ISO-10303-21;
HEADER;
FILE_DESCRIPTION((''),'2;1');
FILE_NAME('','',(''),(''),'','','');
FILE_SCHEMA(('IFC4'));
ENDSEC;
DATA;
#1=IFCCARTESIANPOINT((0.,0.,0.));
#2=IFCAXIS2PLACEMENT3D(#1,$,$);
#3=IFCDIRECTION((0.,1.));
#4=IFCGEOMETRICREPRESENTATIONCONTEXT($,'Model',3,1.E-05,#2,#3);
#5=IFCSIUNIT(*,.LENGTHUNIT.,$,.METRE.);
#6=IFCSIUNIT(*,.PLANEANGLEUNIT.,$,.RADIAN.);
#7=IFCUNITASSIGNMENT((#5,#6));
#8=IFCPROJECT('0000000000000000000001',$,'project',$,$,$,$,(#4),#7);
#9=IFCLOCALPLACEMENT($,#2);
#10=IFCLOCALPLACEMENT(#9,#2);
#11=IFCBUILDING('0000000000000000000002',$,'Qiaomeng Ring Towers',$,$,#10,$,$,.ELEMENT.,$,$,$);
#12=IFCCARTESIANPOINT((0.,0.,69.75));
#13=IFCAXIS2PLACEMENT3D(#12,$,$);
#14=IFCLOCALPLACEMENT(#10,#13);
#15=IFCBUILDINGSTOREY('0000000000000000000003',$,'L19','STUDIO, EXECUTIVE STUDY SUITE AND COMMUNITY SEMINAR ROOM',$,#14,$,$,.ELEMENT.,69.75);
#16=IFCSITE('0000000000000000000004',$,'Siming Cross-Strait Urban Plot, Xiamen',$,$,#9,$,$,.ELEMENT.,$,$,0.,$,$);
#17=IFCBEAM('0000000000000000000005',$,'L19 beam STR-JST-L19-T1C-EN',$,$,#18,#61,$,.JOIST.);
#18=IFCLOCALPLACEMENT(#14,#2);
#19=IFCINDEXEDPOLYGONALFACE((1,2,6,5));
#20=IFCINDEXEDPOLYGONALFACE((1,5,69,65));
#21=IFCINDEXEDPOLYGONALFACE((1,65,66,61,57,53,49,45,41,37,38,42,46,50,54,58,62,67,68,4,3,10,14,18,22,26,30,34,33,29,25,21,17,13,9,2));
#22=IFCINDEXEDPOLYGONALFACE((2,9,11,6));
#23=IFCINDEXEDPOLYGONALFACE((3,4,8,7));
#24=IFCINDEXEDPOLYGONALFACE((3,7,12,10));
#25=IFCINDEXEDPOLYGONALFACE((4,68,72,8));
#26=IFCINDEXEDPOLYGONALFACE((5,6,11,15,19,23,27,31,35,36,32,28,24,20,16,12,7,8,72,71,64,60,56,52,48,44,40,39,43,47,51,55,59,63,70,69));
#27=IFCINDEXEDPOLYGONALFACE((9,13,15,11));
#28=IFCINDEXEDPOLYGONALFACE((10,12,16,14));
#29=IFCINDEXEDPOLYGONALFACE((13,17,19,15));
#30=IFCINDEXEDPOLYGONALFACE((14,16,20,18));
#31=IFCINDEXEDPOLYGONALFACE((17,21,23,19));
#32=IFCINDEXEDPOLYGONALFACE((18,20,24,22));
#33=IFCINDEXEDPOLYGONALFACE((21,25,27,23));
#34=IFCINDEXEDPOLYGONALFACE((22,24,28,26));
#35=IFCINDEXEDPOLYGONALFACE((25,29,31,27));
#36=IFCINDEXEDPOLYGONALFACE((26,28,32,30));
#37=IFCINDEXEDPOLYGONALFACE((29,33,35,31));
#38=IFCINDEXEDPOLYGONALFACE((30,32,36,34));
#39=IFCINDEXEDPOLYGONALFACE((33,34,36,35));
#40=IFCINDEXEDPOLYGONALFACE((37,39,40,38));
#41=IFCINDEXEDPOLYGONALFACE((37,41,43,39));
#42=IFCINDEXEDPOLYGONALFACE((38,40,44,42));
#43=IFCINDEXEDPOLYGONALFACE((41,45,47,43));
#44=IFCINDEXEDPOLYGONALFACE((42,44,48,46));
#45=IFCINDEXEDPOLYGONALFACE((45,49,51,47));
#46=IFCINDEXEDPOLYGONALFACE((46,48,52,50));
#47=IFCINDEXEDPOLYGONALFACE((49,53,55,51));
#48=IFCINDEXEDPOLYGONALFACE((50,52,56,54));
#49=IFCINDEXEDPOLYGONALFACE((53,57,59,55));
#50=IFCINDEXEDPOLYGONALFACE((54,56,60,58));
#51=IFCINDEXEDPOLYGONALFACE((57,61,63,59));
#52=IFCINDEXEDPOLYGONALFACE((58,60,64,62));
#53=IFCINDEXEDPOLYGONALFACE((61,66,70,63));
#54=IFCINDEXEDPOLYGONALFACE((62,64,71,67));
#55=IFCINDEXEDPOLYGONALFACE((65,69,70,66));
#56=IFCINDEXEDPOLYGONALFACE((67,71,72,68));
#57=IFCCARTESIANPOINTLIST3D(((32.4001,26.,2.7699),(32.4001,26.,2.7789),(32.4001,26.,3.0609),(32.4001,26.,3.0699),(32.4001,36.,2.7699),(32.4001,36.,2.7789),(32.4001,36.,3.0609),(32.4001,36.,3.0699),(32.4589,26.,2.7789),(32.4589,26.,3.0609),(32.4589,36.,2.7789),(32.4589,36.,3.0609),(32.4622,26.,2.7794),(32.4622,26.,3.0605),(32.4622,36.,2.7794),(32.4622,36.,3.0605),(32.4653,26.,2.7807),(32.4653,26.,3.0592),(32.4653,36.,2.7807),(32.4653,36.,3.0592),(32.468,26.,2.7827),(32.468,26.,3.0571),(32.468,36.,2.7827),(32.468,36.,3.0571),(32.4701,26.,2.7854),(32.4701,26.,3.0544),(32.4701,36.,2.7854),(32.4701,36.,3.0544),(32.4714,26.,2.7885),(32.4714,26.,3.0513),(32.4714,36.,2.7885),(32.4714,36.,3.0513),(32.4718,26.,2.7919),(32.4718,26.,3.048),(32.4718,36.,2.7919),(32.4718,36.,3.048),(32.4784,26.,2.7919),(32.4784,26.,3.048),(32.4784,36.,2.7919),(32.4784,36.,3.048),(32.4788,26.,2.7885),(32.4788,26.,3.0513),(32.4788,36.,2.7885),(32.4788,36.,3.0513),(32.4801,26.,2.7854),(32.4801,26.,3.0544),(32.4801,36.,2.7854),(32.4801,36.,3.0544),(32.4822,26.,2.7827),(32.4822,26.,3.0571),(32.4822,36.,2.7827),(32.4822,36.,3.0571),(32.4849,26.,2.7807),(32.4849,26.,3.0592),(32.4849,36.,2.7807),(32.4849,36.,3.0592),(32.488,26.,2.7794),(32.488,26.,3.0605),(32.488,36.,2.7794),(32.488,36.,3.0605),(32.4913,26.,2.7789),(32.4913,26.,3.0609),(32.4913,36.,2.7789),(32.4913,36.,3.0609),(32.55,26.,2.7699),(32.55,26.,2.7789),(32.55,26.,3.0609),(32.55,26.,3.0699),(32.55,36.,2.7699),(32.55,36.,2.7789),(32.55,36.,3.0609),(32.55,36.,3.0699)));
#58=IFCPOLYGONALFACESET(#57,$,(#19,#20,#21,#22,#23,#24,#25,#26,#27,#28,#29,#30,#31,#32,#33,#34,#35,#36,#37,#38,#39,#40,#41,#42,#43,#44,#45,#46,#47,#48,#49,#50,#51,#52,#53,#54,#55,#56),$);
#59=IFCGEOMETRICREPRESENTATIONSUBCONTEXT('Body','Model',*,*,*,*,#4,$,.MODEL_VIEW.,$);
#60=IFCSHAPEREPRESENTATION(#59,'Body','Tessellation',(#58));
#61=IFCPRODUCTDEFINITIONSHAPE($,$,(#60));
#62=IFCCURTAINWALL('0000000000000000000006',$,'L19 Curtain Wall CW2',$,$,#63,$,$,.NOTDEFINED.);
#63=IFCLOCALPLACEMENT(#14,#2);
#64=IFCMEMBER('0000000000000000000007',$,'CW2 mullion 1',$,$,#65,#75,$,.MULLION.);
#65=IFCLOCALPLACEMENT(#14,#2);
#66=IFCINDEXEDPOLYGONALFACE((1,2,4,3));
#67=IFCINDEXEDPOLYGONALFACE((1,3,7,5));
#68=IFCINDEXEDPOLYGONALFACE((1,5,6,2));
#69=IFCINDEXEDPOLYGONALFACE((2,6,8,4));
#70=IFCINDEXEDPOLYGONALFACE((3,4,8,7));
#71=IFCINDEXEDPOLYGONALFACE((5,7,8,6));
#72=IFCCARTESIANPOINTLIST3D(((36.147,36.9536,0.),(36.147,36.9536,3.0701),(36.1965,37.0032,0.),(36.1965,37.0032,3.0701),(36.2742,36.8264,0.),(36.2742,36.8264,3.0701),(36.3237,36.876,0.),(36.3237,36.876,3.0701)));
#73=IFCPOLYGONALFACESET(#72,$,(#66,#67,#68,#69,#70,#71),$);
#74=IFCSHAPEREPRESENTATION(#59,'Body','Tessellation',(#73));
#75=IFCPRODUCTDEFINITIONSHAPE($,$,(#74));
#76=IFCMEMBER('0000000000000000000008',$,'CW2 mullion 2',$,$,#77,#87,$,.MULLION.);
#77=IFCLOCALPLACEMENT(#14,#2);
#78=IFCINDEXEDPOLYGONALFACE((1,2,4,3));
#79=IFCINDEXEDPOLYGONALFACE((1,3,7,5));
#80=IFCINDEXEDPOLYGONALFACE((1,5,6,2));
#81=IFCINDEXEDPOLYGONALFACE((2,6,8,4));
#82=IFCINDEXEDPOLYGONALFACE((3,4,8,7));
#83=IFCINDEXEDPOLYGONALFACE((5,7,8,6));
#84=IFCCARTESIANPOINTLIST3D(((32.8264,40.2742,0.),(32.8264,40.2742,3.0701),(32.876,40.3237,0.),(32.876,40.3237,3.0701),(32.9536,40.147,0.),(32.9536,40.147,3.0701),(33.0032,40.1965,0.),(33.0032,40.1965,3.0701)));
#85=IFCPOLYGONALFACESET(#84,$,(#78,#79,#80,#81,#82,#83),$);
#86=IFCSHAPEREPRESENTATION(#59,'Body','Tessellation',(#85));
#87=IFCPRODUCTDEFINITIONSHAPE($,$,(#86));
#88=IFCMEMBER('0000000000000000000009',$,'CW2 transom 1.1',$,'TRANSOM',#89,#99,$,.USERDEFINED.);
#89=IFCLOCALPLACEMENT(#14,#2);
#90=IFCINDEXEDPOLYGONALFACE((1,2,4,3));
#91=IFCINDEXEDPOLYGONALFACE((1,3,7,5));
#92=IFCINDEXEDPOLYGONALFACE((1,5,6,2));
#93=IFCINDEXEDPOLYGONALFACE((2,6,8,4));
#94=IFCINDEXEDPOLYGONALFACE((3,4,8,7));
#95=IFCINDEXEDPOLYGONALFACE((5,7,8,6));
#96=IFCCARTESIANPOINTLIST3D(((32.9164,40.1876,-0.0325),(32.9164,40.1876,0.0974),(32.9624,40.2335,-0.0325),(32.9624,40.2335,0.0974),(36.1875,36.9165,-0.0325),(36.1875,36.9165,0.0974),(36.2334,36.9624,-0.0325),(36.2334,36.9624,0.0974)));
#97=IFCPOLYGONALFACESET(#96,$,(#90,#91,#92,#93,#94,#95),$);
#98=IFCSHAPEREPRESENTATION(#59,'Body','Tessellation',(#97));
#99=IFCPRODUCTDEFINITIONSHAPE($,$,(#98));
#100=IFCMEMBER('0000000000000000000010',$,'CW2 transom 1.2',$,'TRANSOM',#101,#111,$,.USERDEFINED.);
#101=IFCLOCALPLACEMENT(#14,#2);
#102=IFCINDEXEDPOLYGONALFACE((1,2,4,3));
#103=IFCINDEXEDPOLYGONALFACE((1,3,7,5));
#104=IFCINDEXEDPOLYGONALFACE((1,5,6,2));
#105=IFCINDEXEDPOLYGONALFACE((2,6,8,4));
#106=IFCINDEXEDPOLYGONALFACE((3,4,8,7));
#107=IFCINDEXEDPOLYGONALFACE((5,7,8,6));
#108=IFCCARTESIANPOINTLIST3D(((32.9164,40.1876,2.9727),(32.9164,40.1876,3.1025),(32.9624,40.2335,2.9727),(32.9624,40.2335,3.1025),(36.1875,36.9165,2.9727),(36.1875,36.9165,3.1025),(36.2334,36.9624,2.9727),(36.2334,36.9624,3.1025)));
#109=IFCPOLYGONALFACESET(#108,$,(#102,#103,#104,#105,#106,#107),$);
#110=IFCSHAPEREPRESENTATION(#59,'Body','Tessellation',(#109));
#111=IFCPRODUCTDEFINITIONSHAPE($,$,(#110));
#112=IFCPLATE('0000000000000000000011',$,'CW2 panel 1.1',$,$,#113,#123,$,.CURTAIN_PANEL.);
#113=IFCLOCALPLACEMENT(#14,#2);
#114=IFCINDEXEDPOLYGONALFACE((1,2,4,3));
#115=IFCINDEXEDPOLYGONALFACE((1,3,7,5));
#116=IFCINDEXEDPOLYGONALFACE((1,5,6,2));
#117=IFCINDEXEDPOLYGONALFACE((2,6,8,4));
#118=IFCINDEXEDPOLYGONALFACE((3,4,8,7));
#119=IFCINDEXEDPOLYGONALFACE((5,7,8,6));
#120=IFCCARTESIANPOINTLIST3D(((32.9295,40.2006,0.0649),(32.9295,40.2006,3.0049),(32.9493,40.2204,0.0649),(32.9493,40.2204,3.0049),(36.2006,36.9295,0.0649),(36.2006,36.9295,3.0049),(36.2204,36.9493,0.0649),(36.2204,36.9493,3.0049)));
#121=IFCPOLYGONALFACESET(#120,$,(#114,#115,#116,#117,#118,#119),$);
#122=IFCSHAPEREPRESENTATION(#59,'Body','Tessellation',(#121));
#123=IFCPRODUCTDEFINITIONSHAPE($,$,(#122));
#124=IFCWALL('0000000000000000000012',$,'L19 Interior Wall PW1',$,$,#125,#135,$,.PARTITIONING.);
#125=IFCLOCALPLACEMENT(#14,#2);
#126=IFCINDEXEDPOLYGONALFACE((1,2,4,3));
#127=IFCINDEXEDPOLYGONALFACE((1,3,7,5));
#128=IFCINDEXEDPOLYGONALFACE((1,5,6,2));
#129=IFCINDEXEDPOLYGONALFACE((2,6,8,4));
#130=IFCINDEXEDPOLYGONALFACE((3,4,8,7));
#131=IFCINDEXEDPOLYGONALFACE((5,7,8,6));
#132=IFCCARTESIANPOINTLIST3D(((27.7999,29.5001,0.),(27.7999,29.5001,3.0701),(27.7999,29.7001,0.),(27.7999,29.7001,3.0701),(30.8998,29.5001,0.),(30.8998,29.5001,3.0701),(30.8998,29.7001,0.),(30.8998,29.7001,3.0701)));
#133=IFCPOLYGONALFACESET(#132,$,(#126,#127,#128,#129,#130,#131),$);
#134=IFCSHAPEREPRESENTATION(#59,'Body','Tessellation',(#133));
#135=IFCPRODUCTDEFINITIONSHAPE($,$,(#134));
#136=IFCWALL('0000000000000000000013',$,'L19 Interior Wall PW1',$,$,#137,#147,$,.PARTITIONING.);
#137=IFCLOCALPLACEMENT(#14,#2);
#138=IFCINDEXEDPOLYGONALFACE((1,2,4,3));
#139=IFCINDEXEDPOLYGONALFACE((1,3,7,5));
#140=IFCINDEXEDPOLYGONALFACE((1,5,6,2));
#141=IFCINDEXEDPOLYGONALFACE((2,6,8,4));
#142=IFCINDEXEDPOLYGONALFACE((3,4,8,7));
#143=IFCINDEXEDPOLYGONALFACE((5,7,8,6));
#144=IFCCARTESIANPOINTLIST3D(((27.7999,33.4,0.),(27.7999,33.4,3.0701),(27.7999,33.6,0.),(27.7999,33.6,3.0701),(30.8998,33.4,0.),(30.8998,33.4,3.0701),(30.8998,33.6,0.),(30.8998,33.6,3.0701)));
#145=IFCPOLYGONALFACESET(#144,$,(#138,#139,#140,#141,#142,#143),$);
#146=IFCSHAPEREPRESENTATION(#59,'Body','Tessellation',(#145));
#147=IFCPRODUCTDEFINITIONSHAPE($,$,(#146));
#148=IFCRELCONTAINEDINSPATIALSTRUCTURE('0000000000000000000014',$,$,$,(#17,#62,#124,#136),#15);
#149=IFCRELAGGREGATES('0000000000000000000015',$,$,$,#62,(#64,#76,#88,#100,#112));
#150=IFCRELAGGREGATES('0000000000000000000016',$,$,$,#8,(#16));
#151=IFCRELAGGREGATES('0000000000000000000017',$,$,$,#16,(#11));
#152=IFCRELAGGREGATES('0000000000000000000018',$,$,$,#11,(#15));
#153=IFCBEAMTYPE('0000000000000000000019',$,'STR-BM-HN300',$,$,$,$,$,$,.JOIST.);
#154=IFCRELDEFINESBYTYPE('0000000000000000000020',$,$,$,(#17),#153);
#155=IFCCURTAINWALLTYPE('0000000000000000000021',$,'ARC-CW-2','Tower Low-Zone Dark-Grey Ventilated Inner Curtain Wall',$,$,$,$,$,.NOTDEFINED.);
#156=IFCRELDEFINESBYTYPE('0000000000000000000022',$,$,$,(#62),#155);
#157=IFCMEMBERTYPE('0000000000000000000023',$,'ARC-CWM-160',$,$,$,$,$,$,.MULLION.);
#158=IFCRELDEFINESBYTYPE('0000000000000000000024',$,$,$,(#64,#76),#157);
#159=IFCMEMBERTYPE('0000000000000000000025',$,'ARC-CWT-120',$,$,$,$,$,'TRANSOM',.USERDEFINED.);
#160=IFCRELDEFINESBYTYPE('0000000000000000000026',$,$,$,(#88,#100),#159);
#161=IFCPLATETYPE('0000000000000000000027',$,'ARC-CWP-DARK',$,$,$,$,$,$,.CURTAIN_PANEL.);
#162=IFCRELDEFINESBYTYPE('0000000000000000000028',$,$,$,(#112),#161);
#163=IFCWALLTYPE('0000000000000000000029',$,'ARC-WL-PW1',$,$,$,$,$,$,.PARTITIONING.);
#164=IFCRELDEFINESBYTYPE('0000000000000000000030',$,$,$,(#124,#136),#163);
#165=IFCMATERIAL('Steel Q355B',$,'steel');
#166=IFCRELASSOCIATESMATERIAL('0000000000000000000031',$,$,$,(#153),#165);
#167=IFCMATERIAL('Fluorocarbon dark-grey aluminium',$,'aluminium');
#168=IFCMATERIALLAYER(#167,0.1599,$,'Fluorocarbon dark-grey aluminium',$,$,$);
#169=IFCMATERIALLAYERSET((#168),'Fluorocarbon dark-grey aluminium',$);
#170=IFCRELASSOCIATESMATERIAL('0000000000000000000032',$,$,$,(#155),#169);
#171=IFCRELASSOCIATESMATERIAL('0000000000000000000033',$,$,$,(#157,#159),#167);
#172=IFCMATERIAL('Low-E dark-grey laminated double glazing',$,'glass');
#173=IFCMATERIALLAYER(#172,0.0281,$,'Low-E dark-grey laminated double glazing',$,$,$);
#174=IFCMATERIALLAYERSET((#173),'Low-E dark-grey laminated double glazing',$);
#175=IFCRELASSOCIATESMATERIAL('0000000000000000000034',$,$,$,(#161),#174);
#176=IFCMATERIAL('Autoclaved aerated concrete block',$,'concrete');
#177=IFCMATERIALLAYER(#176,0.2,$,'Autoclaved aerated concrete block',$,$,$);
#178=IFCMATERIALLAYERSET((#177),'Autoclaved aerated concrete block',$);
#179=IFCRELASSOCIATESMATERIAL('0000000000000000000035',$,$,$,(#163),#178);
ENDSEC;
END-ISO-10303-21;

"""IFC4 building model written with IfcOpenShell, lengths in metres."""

from ifc_helpers import new_model, si_unit, direction, frame, frame_2d, origin, origin_2d, place, context, subcontext, project, spatial, rectangle, i_section, extrude, source, transform, mapped, material, layer, layer_set, material_profile, profile_set, type_object, element, aggregate, save


model = new_model("IFC4")

# Units and contexts
model_context = context("Model", 3, precision=1e-05, world=origin(), true_north=direction((0.0, 1.0)))
body_context = subcontext(model_context, "Body", "Model", "MODEL_VIEW")
ifc_project = project(units=[si_unit("LENGTHUNIT", "METRE"), si_unit("PLANEANGLEUNIT", "RADIAN")], contexts=[model_context])

# Site, building, storey
site_placement = place(None, origin())
site = spatial("IfcSite", under=ifc_project, at=site_placement, Name="Siming Cross-Strait Urban Plot, Xiamen", CompositionType="ELEMENT", RefElevation=0.0)
building_placement = place(site_placement, origin())
building = spatial("IfcBuilding", under=site, at=building_placement, Name="Qiaomeng Ring Towers", CompositionType="ELEMENT")
storey_placement = place(building_placement, frame((0.0, 0.0, 69.75)))
storey = spatial("IfcBuildingStorey", under=building, at=storey_placement, Name="L19", Description="STUDIO, EXECUTIVE STUDY SUITE AND COMMUNITY SEMINAR ROOM", CompositionType="ELEMENT", Elevation=69.75)

# Beam
ifc_material_1 = material(Name="Steel Q355B", Category="steel")
ifc_material_profile_1 = material_profile(ifc_material_1, i_section(OverallWidth=0.1499, OverallDepth=0.3, WebThickness=0.0066, FlangeThickness=0.009, FilletRadius=0.0129, at=origin_2d()), Name="HN 300x150x6.5x9")
ifc_profile_set_1 = profile_set([ifc_material_profile_1], Name="Steel Q355B")
beam_type_1 = type_object("IfcBeamType", Name="STR-BM-HN300", PredefinedType="JOIST", material=ifc_profile_set_1)
shared_shape_1 = source(origin(), body_context, "Body", "SweptSolid", [
    extrude(i_section(OverallWidth=0.1499, OverallDepth=0.3, WebThickness=0.0066, FlangeThickness=0.009, FilletRadius=0.0129, at=origin_2d()), origin(), (0.0, 0.0, 1.0), 10.0),
])
beam_1_placement = place(storey_placement, frame((32.4751, 26.0, 2.9199), z_axis=(0.0, 1.0, 0.0), x_axis=(-1.0, 0.0, 0.0)))
element("IfcBeam", 1, at=beam_1_placement, inside=storey, type_object=beam_type_1, Name="L19 beam STR-JST-L19-T1C-EN", PredefinedType="JOIST", context=body_context, shape_type="MappedRepresentation", body=[
    mapped(shared_shape_1, transform((0.0, 0.0, 0.0), x_axis=(1.0, 0.0, 0.0), y_axis=(0.0, 1.0, 0.0), z_axis=(0.0, 0.0, 1.0), scale=1.0)),
])

# Curtain wall, members, plate
ifc_material_2 = material(Name="Fluorocarbon dark-grey aluminium", Category="aluminium")
ifc_layer_1 = layer(ifc_material_2, 0.1599, Name="Fluorocarbon dark-grey aluminium")
ifc_layer_set_1 = layer_set([ifc_layer_1], Name="Fluorocarbon dark-grey aluminium")
curtain_wall_type = type_object("IfcCurtainWallType", Name="ARC-CW-2", Description="Tower Low-Zone Dark-Grey Ventilated Inner Curtain Wall", PredefinedType="NOTDEFINED", material=ifc_layer_set_1)
curtain_wall_placement = place(storey_placement, origin())
curtain_wall = element("IfcCurtainWall", 2, at=curtain_wall_placement, inside=storey, type_object=curtain_wall_type, Name="L19 Curtain Wall CW2", PredefinedType="NOTDEFINED")
ifc_material_profile_2 = material_profile(ifc_material_2, rectangle(XDim=0.0701, YDim=0.1799, at=origin_2d()), Name="ALU MULL 70x180")
ifc_profile_set_2 = profile_set([ifc_material_profile_2], Name="Fluorocarbon dark-grey aluminium")
member_type_1 = type_object("IfcMemberType", Name="ARC-CWM-160", PredefinedType="MULLION", material=ifc_profile_set_2)
shared_shape_2 = source(origin(), body_context, "Body", "SweptSolid", [
    extrude(rectangle(XDim=0.0701, YDim=0.1799, at=origin_2d()), origin(), (0.0, 0.0, 1.0), 3.0701),
])
member_1_placement = place(storey_placement, frame((36.2354, 36.9148, 0.0), z_axis=(0.0, 0.0, 1.0), x_axis=(-0.707107, -0.707107, 0.0)))
member_1 = element("IfcMember", 3, at=member_1_placement, type_object=member_type_1, Name="CW2 mullion 1", PredefinedType="MULLION", context=body_context, shape_type="MappedRepresentation", body=[
    mapped(shared_shape_2, transform((0.0, 0.0, 0.0), x_axis=(1.0, 0.0, 0.0), y_axis=(0.0, 1.0, 0.0), z_axis=(0.0, 0.0, 1.0), scale=1.0)),
])
member_2_placement = place(storey_placement, frame((32.9148, 40.2354, 0.0), z_axis=(0.0, 0.0, 1.0), x_axis=(-0.707107, -0.707107, 0.0)))
member_2 = element("IfcMember", 4, at=member_2_placement, type_object=member_type_1, Name="CW2 mullion 2", PredefinedType="MULLION", context=body_context, shape_type="MappedRepresentation", body=[
    mapped(shared_shape_2, transform((0.0, 0.0, 0.0), x_axis=(1.0, 0.0, 0.0), y_axis=(0.0, 1.0, 0.0), z_axis=(0.0, 0.0, 1.0), scale=1.0)),
])
ifc_material_profile_3 = material_profile(ifc_material_2, rectangle(XDim=0.0649, YDim=0.1299, at=origin_2d()), Name="ALU TRAN 65x130")
ifc_profile_set_3 = profile_set([ifc_material_profile_3], Name="Fluorocarbon dark-grey aluminium")
member_type_2 = type_object("IfcMemberType", Name="ARC-CWT-120", ElementType="TRANSOM", PredefinedType="USERDEFINED", material=ifc_profile_set_3)
shared_shape_3 = source(origin(), body_context, "Body", "SweptSolid", [
    extrude(rectangle(XDim=0.0649, YDim=0.1299, at=origin_2d()), origin(), (0.0, 0.0, 1.0), 4.626),
])
member_3_placement = place(storey_placement, frame((36.2104, 36.9395, 0.0325), z_axis=(-0.707107, 0.707107, 0.0), x_axis=(-0.707107, -0.707107, 0.0)))
member_3 = element("IfcMember", 5, at=member_3_placement, type_object=member_type_2, Name="CW2 transom 1.1", ObjectType="TRANSOM", PredefinedType="USERDEFINED", context=body_context, shape_type="MappedRepresentation", body=[
    mapped(shared_shape_3, transform((0.0, 0.0, 0.0), x_axis=(1.0, 0.0, 0.0), y_axis=(0.0, 1.0, 0.0), z_axis=(0.0, 0.0, 1.0), scale=1.0)),
])
member_4_placement = place(storey_placement, frame((36.2104, 36.9395, 3.0376), z_axis=(-0.707107, 0.707107, 0.0), x_axis=(-0.707107, -0.707107, 0.0)))
member_4 = element("IfcMember", 6, at=member_4_placement, type_object=member_type_2, Name="CW2 transom 1.2", ObjectType="TRANSOM", PredefinedType="USERDEFINED", context=body_context, shape_type="MappedRepresentation", body=[
    mapped(shared_shape_3, transform((0.0, 0.0, 0.0), x_axis=(1.0, 0.0, 0.0), y_axis=(0.0, 1.0, 0.0), z_axis=(0.0, 0.0, 1.0), scale=1.0)),
])
ifc_material_3 = material(Name="Low-E dark-grey laminated double glazing", Category="glass")
ifc_layer_2 = layer(ifc_material_3, 0.0281, Name="Low-E dark-grey laminated double glazing")
ifc_layer_set_2 = layer_set([ifc_layer_2], Name="Low-E dark-grey laminated double glazing")
plate_type = type_object("IfcPlateType", Name="ARC-CWP-DARK", PredefinedType="CURTAIN_PANEL", material=ifc_layer_set_2)
shared_shape_4 = source(origin(), body_context, "Body", "SweptSolid", [
    extrude(rectangle(XDim=4.626, YDim=0.0281, at=origin_2d()), origin(), (0.0, 0.0, 1.0), 2.9399),
])
plate_placement = place(storey_placement, frame((34.575, 38.575, 0.0649), z_axis=(0.0, 0.0, 1.0), x_axis=(-0.707107, 0.707107, 0.0)))
plate = element("IfcPlate", 7, at=plate_placement, type_object=plate_type, Name="CW2 panel 1.1", PredefinedType="CURTAIN_PANEL", context=body_context, shape_type="MappedRepresentation", body=[
    mapped(shared_shape_4, transform((0.0, 0.0, 0.0), x_axis=(1.0, 0.0, 0.0), y_axis=(0.0, 1.0, 0.0), z_axis=(0.0, 0.0, 1.0), scale=1.0)),
])
aggregate(curtain_wall, [member_1, member_2, member_3, member_4, plate])

# Walls
ifc_material_4 = material(Name="Autoclaved aerated concrete block", Category="concrete")
ifc_layer_3 = layer(ifc_material_4, 0.2, Name="Autoclaved aerated concrete block")
ifc_layer_set_3 = layer_set([ifc_layer_3], Name="Autoclaved aerated concrete block")
wall_type_1 = type_object("IfcWallType", Name="ARC-WL-PW1", PredefinedType="PARTITIONING", material=ifc_layer_set_3)
for number, where, z_axis, x_axis, name in (
    (8, (27.8, 29.6001, 0.0), (0.0, 0.0, 1.0), (1.0, 0.0, 0.0), "L19 Interior Wall PW1"),
    (9, (27.8, 33.5, 0.0), (0.0, 0.0, 1.0), (1.0, 0.0, 0.0), "L19 Interior Wall PW1"),
):
    element("IfcWall", number, at=place(storey_placement, frame(where, z_axis=z_axis, x_axis=x_axis)), inside=storey, type_object=wall_type_1, Name=name, PredefinedType="PARTITIONING", context=body_context, shape_type="SweptSolid", body=[
        extrude(rectangle(XDim=3.0999, YDim=0.2, at=frame_2d((1.5498, 0.0))), origin(), (0.0, 0.0, 1.0), 3.0701),
    ])

save(model, "model.ifc")
